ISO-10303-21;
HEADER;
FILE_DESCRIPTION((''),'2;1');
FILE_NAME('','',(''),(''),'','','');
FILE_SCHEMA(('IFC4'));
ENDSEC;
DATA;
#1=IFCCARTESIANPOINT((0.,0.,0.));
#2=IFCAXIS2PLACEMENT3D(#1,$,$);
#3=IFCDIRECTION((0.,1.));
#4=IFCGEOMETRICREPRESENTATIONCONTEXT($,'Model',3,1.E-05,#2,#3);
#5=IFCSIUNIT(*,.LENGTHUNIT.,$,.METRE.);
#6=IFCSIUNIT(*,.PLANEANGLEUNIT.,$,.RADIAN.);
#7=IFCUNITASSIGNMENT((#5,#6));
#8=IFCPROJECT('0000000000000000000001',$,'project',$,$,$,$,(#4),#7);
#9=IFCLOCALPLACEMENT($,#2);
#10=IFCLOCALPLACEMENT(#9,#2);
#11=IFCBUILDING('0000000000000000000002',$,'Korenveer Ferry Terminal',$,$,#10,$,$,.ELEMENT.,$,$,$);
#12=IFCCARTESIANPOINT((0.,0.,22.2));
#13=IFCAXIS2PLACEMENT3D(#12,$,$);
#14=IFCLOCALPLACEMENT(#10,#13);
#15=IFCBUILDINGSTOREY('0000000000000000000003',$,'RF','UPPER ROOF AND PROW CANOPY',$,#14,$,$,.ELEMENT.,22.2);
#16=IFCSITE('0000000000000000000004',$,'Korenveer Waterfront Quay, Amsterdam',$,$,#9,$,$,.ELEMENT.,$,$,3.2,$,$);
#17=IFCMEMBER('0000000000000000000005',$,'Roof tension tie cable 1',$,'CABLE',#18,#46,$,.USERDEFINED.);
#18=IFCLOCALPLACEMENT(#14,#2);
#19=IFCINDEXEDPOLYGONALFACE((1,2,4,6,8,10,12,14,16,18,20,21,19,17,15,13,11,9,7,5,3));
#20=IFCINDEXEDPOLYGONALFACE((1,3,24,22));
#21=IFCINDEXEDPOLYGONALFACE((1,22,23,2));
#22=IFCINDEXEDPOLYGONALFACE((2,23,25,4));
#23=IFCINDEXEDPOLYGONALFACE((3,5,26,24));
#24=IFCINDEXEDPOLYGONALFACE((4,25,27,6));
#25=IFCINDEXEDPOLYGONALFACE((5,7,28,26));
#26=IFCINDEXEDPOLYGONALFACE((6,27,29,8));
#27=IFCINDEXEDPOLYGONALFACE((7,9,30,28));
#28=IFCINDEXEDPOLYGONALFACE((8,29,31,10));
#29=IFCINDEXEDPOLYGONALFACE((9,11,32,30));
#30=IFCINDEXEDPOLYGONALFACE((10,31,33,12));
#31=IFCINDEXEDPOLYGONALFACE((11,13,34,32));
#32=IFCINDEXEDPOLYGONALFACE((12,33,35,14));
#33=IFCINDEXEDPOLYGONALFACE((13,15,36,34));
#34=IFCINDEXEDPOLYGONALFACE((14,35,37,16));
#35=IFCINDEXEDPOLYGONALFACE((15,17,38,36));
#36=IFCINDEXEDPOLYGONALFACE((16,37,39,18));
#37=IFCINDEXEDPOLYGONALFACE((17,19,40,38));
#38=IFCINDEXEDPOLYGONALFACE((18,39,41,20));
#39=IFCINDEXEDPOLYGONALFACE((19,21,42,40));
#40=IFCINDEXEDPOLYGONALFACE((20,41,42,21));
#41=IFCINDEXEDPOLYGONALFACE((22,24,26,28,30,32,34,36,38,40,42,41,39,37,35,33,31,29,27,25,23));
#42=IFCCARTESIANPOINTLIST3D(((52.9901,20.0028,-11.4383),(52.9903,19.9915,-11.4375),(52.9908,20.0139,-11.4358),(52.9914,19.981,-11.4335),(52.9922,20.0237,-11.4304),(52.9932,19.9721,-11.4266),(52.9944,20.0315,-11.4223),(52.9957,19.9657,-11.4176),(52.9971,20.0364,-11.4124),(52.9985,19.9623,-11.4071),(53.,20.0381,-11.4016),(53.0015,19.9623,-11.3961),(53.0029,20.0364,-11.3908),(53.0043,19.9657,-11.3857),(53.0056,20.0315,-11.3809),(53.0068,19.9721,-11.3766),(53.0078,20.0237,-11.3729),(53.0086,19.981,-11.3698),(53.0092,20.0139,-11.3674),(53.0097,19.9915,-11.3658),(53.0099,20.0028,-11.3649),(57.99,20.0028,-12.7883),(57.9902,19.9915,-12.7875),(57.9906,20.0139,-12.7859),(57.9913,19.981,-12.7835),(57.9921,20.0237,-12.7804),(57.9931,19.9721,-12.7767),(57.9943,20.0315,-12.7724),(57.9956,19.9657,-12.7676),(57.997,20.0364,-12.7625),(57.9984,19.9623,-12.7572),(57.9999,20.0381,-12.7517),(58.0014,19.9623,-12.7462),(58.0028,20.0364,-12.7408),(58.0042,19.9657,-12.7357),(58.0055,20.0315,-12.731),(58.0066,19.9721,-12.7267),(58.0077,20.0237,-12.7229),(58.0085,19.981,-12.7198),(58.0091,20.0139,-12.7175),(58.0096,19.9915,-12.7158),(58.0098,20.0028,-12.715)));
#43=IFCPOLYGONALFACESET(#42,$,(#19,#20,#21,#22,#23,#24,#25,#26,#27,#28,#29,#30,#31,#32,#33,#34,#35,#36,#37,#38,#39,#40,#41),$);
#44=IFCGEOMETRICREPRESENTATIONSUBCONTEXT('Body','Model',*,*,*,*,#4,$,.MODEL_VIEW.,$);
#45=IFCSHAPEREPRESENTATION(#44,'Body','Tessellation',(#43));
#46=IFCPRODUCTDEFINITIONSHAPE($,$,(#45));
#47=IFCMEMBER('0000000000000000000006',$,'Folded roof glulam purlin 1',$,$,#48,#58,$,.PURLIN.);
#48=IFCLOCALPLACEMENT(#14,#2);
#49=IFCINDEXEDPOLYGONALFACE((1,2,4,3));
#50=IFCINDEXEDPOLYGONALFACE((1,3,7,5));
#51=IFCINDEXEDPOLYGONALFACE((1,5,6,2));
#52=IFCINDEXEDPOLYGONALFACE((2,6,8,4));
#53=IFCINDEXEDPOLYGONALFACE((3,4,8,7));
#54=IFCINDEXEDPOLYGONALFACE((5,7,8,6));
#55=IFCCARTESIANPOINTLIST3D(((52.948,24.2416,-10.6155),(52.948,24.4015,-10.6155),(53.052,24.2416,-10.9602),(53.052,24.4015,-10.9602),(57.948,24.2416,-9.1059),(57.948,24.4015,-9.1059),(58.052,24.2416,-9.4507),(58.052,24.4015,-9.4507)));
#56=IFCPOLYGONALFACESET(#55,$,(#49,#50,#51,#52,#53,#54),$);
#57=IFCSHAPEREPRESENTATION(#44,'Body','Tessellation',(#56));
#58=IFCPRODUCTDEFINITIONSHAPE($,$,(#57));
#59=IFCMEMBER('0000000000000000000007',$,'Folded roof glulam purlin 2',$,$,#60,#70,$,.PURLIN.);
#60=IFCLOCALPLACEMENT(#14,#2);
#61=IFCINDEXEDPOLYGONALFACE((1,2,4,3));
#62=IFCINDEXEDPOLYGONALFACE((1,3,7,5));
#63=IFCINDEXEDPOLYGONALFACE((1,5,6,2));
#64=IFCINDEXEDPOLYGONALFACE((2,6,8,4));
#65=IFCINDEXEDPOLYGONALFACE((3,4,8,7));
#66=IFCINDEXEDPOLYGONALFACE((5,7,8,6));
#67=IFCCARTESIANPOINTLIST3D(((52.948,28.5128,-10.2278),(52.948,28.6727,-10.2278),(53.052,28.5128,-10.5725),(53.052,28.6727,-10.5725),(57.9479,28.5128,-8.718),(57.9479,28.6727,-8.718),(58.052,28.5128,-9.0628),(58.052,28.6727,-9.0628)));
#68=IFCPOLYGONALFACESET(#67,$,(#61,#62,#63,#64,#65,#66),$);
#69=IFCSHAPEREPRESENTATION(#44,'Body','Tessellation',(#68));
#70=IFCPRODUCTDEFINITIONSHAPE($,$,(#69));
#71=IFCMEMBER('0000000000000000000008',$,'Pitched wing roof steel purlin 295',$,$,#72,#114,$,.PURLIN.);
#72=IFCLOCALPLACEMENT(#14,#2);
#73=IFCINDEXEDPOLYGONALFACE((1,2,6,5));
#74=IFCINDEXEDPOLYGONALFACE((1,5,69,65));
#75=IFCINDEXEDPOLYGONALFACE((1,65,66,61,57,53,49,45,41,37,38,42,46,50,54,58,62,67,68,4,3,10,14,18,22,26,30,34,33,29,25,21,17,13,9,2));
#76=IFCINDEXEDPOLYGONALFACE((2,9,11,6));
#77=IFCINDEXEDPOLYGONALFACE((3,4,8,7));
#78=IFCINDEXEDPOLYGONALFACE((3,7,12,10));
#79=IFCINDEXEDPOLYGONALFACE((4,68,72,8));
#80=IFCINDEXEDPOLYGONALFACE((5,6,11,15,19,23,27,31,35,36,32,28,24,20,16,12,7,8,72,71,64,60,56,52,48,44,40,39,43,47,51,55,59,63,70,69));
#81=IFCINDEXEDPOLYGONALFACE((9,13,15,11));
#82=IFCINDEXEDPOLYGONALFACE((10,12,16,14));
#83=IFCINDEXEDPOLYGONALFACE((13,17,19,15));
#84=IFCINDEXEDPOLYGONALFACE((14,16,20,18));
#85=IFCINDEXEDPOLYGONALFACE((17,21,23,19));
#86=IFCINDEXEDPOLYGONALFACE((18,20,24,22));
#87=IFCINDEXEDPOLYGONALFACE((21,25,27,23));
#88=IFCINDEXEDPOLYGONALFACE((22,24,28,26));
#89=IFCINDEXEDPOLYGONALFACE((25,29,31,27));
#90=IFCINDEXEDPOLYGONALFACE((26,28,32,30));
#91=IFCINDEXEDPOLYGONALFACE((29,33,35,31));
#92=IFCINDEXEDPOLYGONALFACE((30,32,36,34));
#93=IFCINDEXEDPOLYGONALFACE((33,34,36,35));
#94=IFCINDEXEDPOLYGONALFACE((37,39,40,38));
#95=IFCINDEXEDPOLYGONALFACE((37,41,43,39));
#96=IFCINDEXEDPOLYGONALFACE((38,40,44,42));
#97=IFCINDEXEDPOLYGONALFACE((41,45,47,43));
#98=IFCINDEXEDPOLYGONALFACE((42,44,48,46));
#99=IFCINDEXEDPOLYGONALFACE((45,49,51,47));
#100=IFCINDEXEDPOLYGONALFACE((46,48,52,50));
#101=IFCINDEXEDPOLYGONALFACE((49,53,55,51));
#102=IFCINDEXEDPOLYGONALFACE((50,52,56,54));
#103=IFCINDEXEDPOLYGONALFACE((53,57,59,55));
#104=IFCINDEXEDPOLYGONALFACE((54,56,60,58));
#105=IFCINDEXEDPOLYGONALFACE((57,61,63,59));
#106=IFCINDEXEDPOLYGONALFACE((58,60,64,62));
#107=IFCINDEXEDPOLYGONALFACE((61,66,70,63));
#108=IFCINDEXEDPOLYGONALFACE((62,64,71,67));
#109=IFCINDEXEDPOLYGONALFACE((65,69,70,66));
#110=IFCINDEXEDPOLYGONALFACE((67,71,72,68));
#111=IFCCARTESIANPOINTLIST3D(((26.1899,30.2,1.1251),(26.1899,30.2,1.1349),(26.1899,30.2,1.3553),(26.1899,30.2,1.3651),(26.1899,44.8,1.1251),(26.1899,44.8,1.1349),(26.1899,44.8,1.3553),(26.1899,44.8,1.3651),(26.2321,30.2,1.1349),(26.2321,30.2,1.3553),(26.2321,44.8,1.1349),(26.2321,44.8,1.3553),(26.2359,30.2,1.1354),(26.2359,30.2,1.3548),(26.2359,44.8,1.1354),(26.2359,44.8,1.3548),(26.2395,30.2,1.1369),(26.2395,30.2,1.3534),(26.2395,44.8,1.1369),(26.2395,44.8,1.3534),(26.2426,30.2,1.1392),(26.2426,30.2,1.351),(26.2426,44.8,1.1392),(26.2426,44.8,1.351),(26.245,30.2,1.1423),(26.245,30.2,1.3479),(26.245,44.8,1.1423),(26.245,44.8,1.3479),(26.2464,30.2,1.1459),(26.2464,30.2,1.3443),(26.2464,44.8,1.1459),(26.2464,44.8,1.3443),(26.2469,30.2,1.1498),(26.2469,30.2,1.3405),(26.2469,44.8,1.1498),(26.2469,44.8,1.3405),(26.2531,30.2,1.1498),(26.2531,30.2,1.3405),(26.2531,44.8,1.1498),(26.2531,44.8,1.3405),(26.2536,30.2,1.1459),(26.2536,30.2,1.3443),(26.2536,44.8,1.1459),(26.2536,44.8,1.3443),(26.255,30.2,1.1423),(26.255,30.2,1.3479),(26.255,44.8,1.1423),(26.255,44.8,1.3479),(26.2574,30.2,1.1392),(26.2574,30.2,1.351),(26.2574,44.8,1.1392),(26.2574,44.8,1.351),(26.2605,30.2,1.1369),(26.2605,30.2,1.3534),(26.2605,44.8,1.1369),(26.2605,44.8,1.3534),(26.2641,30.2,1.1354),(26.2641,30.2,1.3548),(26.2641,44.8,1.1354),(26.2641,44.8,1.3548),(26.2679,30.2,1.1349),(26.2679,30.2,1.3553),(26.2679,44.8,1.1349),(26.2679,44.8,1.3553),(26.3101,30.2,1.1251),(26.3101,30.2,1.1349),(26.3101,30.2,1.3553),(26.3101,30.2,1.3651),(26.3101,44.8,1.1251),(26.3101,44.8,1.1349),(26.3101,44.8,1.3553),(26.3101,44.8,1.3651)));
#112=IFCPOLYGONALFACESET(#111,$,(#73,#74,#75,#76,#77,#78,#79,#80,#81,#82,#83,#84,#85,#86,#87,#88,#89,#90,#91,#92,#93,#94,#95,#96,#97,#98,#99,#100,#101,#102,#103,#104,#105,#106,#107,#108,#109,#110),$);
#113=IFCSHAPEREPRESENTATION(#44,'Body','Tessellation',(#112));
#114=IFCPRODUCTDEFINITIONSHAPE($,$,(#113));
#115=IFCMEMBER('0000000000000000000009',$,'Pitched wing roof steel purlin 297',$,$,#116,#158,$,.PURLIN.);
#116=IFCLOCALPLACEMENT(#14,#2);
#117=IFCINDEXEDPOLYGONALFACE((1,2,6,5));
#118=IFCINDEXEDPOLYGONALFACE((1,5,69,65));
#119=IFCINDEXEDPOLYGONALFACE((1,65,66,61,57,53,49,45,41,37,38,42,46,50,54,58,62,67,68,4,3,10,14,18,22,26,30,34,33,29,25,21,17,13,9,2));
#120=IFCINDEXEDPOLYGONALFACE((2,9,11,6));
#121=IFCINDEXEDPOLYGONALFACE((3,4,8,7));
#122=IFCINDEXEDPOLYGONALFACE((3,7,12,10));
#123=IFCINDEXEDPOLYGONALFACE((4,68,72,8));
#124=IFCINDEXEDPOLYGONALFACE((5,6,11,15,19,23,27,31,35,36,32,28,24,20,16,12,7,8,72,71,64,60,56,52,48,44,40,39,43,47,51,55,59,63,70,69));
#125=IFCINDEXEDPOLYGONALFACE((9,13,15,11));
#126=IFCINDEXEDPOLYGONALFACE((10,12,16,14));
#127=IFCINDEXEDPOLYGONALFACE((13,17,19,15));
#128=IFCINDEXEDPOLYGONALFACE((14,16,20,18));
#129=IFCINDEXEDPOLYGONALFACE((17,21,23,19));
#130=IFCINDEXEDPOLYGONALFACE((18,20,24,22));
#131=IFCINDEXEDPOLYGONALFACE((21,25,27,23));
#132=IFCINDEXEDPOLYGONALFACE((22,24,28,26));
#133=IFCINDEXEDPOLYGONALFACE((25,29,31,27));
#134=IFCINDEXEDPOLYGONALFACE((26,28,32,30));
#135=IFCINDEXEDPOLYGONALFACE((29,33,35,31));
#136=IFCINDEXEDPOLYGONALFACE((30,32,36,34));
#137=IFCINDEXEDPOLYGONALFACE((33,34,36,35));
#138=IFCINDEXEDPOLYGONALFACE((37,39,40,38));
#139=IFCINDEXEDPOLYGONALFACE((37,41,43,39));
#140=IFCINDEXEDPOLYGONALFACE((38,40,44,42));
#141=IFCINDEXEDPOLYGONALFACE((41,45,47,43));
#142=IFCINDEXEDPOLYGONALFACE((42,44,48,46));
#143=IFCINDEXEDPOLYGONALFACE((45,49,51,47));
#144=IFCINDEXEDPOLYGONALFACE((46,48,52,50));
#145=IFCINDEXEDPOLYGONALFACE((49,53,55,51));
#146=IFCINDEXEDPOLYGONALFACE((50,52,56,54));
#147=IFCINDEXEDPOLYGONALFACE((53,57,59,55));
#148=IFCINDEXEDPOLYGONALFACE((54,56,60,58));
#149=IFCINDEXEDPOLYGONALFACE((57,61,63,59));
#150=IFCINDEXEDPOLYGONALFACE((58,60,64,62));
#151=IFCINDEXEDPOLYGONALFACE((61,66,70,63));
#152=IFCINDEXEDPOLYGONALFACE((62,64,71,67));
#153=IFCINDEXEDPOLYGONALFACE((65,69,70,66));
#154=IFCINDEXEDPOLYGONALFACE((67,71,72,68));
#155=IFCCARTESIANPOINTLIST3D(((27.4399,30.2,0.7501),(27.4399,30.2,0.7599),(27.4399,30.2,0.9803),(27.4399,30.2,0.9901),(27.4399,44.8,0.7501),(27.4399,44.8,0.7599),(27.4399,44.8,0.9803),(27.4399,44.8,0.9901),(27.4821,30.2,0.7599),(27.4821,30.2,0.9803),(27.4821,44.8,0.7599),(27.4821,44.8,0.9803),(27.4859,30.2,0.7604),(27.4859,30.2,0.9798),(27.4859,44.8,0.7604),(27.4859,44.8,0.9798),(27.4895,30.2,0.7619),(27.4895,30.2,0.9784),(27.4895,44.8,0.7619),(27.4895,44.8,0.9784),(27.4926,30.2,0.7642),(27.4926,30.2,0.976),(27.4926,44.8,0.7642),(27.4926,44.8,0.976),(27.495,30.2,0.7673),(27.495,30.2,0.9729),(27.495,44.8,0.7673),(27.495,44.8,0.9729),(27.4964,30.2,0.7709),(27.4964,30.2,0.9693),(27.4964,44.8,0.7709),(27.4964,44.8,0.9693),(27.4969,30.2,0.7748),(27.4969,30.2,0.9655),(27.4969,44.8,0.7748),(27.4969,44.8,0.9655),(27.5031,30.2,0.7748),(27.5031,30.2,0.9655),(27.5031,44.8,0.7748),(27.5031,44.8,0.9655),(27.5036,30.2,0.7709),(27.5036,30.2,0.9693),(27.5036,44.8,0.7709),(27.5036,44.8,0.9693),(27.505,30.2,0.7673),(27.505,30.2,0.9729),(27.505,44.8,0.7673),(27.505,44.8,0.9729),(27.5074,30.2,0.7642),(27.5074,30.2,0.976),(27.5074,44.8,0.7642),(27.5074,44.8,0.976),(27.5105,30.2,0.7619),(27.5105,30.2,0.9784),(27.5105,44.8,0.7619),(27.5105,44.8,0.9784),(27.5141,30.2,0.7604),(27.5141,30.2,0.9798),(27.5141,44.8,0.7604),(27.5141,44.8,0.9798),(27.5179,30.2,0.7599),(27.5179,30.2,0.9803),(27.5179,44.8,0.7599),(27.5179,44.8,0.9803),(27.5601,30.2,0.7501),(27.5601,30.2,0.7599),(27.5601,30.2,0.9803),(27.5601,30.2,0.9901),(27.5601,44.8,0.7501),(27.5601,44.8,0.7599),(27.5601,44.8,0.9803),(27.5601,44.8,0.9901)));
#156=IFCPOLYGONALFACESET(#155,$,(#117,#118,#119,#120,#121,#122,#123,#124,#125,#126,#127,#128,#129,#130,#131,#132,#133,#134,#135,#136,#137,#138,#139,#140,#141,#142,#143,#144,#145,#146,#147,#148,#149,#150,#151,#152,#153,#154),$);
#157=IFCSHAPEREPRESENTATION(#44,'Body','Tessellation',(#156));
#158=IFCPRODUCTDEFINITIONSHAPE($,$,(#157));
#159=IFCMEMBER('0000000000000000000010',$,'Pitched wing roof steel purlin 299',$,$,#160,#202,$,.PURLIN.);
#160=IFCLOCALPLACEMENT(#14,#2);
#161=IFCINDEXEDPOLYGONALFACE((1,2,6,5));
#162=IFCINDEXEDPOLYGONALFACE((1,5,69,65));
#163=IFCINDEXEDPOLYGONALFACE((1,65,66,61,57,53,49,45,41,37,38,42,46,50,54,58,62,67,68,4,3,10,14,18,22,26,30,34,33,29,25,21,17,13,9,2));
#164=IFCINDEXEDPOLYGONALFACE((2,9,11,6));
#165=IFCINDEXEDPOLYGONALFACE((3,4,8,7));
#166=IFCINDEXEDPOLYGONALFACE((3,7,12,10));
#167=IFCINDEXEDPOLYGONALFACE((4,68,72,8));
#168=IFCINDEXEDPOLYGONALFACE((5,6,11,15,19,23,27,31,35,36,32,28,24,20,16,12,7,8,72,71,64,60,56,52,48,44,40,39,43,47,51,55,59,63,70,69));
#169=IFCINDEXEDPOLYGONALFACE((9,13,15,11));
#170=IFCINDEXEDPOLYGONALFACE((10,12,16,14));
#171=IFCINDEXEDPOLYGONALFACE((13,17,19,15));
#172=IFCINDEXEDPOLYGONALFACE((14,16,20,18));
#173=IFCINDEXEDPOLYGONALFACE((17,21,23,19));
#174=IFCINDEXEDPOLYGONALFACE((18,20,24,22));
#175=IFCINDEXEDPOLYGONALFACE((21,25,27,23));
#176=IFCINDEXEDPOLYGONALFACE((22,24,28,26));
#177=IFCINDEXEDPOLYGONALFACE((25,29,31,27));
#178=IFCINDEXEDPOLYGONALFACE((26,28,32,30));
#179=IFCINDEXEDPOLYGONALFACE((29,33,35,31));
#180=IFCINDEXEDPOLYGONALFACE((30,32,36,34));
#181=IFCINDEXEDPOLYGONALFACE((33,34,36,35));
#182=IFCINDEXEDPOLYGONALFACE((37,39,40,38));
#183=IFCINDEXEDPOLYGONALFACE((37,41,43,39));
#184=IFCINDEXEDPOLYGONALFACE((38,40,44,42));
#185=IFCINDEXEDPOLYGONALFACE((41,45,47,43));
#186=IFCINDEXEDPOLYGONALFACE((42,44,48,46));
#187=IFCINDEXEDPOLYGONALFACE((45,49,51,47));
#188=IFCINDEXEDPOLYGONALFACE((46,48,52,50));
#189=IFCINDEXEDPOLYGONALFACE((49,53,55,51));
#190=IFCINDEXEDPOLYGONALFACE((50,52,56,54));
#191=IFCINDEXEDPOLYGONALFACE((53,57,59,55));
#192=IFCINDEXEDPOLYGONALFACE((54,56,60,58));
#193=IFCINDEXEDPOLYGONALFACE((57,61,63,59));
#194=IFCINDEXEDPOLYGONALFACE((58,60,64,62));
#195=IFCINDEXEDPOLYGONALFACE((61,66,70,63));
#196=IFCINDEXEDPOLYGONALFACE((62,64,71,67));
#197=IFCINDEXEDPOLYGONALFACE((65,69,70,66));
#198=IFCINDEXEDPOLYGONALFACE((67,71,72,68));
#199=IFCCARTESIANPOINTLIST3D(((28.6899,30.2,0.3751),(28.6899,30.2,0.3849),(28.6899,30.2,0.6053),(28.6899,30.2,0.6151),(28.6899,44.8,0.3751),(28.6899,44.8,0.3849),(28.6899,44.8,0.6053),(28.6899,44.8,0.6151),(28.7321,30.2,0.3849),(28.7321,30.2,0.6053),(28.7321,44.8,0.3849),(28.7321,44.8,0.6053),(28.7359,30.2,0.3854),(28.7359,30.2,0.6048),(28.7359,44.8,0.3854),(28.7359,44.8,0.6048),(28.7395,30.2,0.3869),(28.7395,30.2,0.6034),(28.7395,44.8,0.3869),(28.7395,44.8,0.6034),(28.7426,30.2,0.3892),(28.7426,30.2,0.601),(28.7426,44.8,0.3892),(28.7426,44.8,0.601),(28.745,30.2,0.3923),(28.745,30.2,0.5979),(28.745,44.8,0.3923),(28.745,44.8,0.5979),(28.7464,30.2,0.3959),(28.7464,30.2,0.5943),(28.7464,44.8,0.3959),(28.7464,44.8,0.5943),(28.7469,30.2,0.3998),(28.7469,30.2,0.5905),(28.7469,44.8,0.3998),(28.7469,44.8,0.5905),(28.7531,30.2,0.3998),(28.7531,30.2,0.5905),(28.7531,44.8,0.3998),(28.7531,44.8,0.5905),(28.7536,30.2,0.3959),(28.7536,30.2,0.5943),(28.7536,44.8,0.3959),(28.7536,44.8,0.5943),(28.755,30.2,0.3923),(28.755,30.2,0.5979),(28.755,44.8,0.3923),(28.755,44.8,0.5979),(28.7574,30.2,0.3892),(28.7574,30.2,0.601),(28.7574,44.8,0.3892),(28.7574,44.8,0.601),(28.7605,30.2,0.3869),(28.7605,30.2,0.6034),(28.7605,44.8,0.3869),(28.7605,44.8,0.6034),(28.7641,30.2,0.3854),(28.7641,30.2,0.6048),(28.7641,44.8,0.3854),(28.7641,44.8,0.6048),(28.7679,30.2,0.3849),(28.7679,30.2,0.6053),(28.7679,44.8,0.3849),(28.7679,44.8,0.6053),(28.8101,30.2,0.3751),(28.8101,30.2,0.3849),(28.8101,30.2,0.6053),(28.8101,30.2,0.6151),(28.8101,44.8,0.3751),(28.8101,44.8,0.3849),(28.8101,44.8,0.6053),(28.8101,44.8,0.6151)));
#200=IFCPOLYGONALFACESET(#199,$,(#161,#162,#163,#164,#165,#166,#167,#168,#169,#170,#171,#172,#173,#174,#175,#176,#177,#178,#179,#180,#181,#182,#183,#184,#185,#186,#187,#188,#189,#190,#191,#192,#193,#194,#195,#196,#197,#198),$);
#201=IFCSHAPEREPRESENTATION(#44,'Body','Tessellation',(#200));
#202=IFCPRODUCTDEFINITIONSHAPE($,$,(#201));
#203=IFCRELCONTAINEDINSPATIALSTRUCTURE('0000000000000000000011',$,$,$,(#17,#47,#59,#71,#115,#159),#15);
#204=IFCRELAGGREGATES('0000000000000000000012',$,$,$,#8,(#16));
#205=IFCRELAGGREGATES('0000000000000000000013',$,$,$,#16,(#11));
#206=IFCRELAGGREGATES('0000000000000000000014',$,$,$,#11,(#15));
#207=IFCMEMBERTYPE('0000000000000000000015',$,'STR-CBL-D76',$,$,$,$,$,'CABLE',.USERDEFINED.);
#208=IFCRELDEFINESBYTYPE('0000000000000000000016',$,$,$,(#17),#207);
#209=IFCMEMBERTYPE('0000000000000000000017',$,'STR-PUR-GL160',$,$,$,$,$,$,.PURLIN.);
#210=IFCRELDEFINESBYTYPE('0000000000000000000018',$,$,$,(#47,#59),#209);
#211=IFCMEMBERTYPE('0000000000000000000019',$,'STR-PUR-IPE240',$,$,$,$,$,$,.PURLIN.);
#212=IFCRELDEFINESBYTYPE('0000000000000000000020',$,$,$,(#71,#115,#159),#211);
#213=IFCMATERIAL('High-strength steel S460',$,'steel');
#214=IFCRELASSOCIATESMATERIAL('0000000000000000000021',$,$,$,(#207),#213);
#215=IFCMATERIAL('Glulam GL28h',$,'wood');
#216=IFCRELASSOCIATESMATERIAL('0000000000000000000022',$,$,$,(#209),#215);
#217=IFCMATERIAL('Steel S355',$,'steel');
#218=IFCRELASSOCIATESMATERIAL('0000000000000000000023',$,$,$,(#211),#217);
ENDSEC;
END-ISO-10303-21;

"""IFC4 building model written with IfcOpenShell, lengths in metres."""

from ifc_helpers import new_model, si_unit, direction, frame, origin, origin_2d, place, context, subcontext, project, spatial, rectangle, circle, i_section, extrude, material, material_profile, profile_set, type_object, element, save


model = new_model("IFC4")

# Units and contexts
model_context = context("Model", 3, precision=1e-05, world=origin(), true_north=direction((0.0, 1.0)))
body_context = subcontext(model_context, "Body", "Model", "MODEL_VIEW")
ifc_project = project(units=[si_unit("LENGTHUNIT", "METRE"), si_unit("PLANEANGLEUNIT", "RADIAN")], contexts=[model_context])

# Site, building, storey
site_placement = place(None, origin())
site = spatial("IfcSite", under=ifc_project, at=site_placement, Name="Korenveer Waterfront Quay, Amsterdam", CompositionType="ELEMENT", RefElevation=3.2)
building_placement = place(site_placement, origin())
building = spatial("IfcBuilding", under=site, at=building_placement, Name="Korenveer Ferry Terminal", CompositionType="ELEMENT")
storey_placement = place(building_placement, frame((0.0, 0.0, 22.2)))
storey = spatial("IfcBuildingStorey", under=building, at=storey_placement, Name="RF", Description="UPPER ROOF AND PROW CANOPY", CompositionType="ELEMENT", Elevation=22.2)

# Shared definitions
ifc_material_1 = material(Name="Steel S355", Category="steel")

# Members
ifc_material_2 = material(Name="High-strength steel S460", Category="steel")
ifc_material_profile_1 = material_profile(ifc_material_2, circle(Radius=0.0381, at=origin_2d()), Name="ROD D76")
ifc_profile_set_1 = profile_set([ifc_material_profile_1], Name="High-strength steel S460")
member_type_1 = type_object("IfcMemberType", Name="STR-CBL-D76", ElementType="CABLE", PredefinedType="USERDEFINED", material=ifc_profile_set_1)
member_1_placement = place(storey_placement, frame((53.0, 20.0, -11.4016), z_axis=(0.965424, 0.0, -0.260683), x_axis=(0.0, 1.0, 0.0)))
element("IfcMember", 1, at=member_1_placement, inside=storey, type_object=member_type_1, Name="Roof tension tie cable 1", ObjectType="CABLE", PredefinedType="USERDEFINED", context=body_context, shape_type="SweptSolid", body=[
    extrude(circle(Radius=0.0381, at=origin_2d()), origin(), (0.0, 0.0, 1.0), 5.179),
])
ifc_material_3 = material(Name="Glulam GL28h", Category="wood")
ifc_material_profile_2 = material_profile(ifc_material_3, rectangle(XDim=0.1599, YDim=0.3601, at=origin_2d()), Name="GL 160x360")
ifc_profile_set_2 = profile_set([ifc_material_profile_2], Name="Glulam GL28h")
member_type_2 = type_object("IfcMemberType", Name="STR-PUR-GL160", PredefinedType="PURLIN", material=ifc_profile_set_2)
for number, where, z_axis, x_axis, name in (
    (2, (53.0, 24.3215, -10.7878), (0.957323, 0.0, 0.28902), (0.0, 1.0, 0.0), "Folded roof glulam purlin 1"),
    (3, (53.0, 28.5928, -10.4001), (0.95731, 0.0, 0.289063), (0.0, 1.0, 0.0), "Folded roof glulam purlin 2"),
):
    element("IfcMember", number, at=place(storey_placement, frame(where, z_axis=z_axis, x_axis=x_axis)), inside=storey, type_object=member_type_2, Name=name, PredefinedType="PURLIN", context=body_context, shape_type="SweptSolid", body=[
        extrude(rectangle(XDim=0.1599, YDim=0.3601, at=origin_2d()), origin(), (0.0, 0.0, 1.0), 5.2229),
    ])
ifc_material_profile_3 = material_profile(ifc_material_1, i_section(OverallWidth=0.1201, OverallDepth=0.24, WebThickness=0.0061, FlangeThickness=0.0098, FilletRadius=0.0149, at=origin_2d()), Name="IPE 240")
ifc_profile_set_3 = profile_set([ifc_material_profile_3], Name="Steel S355")
member_type_3 = type_object("IfcMemberType", Name="STR-PUR-IPE240", PredefinedType="PURLIN", material=ifc_profile_set_3)
for number, where, z_axis, x_axis, name in (
    (4, (26.25, 30.2, 1.2451), (0.0, 1.0, 0.0), (-1.0, 0.0, 0.0), "Pitched wing roof steel purlin 295"),
    (5, (27.5, 30.2, 0.8701), (0.0, 1.0, 0.0), (-1.0, 0.0, 0.0), "Pitched wing roof steel purlin 297"),
    (6, (28.75, 30.2, 0.4951), (0.0, 1.0, 0.0), (-1.0, 0.0, 0.0), "Pitched wing roof steel purlin 299"),
):
    element("IfcMember", number, at=place(storey_placement, frame(where, z_axis=z_axis, x_axis=x_axis)), inside=storey, type_object=member_type_3, Name=name, PredefinedType="PURLIN", context=body_context, shape_type="SweptSolid", body=[
        extrude(i_section(OverallWidth=0.1201, OverallDepth=0.24, WebThickness=0.0061, FlangeThickness=0.0098, FilletRadius=0.0149, at=origin_2d()), origin(), (0.0, 0.0, 1.0), 14.6001),
    ])

save(model, "model.ifc")
